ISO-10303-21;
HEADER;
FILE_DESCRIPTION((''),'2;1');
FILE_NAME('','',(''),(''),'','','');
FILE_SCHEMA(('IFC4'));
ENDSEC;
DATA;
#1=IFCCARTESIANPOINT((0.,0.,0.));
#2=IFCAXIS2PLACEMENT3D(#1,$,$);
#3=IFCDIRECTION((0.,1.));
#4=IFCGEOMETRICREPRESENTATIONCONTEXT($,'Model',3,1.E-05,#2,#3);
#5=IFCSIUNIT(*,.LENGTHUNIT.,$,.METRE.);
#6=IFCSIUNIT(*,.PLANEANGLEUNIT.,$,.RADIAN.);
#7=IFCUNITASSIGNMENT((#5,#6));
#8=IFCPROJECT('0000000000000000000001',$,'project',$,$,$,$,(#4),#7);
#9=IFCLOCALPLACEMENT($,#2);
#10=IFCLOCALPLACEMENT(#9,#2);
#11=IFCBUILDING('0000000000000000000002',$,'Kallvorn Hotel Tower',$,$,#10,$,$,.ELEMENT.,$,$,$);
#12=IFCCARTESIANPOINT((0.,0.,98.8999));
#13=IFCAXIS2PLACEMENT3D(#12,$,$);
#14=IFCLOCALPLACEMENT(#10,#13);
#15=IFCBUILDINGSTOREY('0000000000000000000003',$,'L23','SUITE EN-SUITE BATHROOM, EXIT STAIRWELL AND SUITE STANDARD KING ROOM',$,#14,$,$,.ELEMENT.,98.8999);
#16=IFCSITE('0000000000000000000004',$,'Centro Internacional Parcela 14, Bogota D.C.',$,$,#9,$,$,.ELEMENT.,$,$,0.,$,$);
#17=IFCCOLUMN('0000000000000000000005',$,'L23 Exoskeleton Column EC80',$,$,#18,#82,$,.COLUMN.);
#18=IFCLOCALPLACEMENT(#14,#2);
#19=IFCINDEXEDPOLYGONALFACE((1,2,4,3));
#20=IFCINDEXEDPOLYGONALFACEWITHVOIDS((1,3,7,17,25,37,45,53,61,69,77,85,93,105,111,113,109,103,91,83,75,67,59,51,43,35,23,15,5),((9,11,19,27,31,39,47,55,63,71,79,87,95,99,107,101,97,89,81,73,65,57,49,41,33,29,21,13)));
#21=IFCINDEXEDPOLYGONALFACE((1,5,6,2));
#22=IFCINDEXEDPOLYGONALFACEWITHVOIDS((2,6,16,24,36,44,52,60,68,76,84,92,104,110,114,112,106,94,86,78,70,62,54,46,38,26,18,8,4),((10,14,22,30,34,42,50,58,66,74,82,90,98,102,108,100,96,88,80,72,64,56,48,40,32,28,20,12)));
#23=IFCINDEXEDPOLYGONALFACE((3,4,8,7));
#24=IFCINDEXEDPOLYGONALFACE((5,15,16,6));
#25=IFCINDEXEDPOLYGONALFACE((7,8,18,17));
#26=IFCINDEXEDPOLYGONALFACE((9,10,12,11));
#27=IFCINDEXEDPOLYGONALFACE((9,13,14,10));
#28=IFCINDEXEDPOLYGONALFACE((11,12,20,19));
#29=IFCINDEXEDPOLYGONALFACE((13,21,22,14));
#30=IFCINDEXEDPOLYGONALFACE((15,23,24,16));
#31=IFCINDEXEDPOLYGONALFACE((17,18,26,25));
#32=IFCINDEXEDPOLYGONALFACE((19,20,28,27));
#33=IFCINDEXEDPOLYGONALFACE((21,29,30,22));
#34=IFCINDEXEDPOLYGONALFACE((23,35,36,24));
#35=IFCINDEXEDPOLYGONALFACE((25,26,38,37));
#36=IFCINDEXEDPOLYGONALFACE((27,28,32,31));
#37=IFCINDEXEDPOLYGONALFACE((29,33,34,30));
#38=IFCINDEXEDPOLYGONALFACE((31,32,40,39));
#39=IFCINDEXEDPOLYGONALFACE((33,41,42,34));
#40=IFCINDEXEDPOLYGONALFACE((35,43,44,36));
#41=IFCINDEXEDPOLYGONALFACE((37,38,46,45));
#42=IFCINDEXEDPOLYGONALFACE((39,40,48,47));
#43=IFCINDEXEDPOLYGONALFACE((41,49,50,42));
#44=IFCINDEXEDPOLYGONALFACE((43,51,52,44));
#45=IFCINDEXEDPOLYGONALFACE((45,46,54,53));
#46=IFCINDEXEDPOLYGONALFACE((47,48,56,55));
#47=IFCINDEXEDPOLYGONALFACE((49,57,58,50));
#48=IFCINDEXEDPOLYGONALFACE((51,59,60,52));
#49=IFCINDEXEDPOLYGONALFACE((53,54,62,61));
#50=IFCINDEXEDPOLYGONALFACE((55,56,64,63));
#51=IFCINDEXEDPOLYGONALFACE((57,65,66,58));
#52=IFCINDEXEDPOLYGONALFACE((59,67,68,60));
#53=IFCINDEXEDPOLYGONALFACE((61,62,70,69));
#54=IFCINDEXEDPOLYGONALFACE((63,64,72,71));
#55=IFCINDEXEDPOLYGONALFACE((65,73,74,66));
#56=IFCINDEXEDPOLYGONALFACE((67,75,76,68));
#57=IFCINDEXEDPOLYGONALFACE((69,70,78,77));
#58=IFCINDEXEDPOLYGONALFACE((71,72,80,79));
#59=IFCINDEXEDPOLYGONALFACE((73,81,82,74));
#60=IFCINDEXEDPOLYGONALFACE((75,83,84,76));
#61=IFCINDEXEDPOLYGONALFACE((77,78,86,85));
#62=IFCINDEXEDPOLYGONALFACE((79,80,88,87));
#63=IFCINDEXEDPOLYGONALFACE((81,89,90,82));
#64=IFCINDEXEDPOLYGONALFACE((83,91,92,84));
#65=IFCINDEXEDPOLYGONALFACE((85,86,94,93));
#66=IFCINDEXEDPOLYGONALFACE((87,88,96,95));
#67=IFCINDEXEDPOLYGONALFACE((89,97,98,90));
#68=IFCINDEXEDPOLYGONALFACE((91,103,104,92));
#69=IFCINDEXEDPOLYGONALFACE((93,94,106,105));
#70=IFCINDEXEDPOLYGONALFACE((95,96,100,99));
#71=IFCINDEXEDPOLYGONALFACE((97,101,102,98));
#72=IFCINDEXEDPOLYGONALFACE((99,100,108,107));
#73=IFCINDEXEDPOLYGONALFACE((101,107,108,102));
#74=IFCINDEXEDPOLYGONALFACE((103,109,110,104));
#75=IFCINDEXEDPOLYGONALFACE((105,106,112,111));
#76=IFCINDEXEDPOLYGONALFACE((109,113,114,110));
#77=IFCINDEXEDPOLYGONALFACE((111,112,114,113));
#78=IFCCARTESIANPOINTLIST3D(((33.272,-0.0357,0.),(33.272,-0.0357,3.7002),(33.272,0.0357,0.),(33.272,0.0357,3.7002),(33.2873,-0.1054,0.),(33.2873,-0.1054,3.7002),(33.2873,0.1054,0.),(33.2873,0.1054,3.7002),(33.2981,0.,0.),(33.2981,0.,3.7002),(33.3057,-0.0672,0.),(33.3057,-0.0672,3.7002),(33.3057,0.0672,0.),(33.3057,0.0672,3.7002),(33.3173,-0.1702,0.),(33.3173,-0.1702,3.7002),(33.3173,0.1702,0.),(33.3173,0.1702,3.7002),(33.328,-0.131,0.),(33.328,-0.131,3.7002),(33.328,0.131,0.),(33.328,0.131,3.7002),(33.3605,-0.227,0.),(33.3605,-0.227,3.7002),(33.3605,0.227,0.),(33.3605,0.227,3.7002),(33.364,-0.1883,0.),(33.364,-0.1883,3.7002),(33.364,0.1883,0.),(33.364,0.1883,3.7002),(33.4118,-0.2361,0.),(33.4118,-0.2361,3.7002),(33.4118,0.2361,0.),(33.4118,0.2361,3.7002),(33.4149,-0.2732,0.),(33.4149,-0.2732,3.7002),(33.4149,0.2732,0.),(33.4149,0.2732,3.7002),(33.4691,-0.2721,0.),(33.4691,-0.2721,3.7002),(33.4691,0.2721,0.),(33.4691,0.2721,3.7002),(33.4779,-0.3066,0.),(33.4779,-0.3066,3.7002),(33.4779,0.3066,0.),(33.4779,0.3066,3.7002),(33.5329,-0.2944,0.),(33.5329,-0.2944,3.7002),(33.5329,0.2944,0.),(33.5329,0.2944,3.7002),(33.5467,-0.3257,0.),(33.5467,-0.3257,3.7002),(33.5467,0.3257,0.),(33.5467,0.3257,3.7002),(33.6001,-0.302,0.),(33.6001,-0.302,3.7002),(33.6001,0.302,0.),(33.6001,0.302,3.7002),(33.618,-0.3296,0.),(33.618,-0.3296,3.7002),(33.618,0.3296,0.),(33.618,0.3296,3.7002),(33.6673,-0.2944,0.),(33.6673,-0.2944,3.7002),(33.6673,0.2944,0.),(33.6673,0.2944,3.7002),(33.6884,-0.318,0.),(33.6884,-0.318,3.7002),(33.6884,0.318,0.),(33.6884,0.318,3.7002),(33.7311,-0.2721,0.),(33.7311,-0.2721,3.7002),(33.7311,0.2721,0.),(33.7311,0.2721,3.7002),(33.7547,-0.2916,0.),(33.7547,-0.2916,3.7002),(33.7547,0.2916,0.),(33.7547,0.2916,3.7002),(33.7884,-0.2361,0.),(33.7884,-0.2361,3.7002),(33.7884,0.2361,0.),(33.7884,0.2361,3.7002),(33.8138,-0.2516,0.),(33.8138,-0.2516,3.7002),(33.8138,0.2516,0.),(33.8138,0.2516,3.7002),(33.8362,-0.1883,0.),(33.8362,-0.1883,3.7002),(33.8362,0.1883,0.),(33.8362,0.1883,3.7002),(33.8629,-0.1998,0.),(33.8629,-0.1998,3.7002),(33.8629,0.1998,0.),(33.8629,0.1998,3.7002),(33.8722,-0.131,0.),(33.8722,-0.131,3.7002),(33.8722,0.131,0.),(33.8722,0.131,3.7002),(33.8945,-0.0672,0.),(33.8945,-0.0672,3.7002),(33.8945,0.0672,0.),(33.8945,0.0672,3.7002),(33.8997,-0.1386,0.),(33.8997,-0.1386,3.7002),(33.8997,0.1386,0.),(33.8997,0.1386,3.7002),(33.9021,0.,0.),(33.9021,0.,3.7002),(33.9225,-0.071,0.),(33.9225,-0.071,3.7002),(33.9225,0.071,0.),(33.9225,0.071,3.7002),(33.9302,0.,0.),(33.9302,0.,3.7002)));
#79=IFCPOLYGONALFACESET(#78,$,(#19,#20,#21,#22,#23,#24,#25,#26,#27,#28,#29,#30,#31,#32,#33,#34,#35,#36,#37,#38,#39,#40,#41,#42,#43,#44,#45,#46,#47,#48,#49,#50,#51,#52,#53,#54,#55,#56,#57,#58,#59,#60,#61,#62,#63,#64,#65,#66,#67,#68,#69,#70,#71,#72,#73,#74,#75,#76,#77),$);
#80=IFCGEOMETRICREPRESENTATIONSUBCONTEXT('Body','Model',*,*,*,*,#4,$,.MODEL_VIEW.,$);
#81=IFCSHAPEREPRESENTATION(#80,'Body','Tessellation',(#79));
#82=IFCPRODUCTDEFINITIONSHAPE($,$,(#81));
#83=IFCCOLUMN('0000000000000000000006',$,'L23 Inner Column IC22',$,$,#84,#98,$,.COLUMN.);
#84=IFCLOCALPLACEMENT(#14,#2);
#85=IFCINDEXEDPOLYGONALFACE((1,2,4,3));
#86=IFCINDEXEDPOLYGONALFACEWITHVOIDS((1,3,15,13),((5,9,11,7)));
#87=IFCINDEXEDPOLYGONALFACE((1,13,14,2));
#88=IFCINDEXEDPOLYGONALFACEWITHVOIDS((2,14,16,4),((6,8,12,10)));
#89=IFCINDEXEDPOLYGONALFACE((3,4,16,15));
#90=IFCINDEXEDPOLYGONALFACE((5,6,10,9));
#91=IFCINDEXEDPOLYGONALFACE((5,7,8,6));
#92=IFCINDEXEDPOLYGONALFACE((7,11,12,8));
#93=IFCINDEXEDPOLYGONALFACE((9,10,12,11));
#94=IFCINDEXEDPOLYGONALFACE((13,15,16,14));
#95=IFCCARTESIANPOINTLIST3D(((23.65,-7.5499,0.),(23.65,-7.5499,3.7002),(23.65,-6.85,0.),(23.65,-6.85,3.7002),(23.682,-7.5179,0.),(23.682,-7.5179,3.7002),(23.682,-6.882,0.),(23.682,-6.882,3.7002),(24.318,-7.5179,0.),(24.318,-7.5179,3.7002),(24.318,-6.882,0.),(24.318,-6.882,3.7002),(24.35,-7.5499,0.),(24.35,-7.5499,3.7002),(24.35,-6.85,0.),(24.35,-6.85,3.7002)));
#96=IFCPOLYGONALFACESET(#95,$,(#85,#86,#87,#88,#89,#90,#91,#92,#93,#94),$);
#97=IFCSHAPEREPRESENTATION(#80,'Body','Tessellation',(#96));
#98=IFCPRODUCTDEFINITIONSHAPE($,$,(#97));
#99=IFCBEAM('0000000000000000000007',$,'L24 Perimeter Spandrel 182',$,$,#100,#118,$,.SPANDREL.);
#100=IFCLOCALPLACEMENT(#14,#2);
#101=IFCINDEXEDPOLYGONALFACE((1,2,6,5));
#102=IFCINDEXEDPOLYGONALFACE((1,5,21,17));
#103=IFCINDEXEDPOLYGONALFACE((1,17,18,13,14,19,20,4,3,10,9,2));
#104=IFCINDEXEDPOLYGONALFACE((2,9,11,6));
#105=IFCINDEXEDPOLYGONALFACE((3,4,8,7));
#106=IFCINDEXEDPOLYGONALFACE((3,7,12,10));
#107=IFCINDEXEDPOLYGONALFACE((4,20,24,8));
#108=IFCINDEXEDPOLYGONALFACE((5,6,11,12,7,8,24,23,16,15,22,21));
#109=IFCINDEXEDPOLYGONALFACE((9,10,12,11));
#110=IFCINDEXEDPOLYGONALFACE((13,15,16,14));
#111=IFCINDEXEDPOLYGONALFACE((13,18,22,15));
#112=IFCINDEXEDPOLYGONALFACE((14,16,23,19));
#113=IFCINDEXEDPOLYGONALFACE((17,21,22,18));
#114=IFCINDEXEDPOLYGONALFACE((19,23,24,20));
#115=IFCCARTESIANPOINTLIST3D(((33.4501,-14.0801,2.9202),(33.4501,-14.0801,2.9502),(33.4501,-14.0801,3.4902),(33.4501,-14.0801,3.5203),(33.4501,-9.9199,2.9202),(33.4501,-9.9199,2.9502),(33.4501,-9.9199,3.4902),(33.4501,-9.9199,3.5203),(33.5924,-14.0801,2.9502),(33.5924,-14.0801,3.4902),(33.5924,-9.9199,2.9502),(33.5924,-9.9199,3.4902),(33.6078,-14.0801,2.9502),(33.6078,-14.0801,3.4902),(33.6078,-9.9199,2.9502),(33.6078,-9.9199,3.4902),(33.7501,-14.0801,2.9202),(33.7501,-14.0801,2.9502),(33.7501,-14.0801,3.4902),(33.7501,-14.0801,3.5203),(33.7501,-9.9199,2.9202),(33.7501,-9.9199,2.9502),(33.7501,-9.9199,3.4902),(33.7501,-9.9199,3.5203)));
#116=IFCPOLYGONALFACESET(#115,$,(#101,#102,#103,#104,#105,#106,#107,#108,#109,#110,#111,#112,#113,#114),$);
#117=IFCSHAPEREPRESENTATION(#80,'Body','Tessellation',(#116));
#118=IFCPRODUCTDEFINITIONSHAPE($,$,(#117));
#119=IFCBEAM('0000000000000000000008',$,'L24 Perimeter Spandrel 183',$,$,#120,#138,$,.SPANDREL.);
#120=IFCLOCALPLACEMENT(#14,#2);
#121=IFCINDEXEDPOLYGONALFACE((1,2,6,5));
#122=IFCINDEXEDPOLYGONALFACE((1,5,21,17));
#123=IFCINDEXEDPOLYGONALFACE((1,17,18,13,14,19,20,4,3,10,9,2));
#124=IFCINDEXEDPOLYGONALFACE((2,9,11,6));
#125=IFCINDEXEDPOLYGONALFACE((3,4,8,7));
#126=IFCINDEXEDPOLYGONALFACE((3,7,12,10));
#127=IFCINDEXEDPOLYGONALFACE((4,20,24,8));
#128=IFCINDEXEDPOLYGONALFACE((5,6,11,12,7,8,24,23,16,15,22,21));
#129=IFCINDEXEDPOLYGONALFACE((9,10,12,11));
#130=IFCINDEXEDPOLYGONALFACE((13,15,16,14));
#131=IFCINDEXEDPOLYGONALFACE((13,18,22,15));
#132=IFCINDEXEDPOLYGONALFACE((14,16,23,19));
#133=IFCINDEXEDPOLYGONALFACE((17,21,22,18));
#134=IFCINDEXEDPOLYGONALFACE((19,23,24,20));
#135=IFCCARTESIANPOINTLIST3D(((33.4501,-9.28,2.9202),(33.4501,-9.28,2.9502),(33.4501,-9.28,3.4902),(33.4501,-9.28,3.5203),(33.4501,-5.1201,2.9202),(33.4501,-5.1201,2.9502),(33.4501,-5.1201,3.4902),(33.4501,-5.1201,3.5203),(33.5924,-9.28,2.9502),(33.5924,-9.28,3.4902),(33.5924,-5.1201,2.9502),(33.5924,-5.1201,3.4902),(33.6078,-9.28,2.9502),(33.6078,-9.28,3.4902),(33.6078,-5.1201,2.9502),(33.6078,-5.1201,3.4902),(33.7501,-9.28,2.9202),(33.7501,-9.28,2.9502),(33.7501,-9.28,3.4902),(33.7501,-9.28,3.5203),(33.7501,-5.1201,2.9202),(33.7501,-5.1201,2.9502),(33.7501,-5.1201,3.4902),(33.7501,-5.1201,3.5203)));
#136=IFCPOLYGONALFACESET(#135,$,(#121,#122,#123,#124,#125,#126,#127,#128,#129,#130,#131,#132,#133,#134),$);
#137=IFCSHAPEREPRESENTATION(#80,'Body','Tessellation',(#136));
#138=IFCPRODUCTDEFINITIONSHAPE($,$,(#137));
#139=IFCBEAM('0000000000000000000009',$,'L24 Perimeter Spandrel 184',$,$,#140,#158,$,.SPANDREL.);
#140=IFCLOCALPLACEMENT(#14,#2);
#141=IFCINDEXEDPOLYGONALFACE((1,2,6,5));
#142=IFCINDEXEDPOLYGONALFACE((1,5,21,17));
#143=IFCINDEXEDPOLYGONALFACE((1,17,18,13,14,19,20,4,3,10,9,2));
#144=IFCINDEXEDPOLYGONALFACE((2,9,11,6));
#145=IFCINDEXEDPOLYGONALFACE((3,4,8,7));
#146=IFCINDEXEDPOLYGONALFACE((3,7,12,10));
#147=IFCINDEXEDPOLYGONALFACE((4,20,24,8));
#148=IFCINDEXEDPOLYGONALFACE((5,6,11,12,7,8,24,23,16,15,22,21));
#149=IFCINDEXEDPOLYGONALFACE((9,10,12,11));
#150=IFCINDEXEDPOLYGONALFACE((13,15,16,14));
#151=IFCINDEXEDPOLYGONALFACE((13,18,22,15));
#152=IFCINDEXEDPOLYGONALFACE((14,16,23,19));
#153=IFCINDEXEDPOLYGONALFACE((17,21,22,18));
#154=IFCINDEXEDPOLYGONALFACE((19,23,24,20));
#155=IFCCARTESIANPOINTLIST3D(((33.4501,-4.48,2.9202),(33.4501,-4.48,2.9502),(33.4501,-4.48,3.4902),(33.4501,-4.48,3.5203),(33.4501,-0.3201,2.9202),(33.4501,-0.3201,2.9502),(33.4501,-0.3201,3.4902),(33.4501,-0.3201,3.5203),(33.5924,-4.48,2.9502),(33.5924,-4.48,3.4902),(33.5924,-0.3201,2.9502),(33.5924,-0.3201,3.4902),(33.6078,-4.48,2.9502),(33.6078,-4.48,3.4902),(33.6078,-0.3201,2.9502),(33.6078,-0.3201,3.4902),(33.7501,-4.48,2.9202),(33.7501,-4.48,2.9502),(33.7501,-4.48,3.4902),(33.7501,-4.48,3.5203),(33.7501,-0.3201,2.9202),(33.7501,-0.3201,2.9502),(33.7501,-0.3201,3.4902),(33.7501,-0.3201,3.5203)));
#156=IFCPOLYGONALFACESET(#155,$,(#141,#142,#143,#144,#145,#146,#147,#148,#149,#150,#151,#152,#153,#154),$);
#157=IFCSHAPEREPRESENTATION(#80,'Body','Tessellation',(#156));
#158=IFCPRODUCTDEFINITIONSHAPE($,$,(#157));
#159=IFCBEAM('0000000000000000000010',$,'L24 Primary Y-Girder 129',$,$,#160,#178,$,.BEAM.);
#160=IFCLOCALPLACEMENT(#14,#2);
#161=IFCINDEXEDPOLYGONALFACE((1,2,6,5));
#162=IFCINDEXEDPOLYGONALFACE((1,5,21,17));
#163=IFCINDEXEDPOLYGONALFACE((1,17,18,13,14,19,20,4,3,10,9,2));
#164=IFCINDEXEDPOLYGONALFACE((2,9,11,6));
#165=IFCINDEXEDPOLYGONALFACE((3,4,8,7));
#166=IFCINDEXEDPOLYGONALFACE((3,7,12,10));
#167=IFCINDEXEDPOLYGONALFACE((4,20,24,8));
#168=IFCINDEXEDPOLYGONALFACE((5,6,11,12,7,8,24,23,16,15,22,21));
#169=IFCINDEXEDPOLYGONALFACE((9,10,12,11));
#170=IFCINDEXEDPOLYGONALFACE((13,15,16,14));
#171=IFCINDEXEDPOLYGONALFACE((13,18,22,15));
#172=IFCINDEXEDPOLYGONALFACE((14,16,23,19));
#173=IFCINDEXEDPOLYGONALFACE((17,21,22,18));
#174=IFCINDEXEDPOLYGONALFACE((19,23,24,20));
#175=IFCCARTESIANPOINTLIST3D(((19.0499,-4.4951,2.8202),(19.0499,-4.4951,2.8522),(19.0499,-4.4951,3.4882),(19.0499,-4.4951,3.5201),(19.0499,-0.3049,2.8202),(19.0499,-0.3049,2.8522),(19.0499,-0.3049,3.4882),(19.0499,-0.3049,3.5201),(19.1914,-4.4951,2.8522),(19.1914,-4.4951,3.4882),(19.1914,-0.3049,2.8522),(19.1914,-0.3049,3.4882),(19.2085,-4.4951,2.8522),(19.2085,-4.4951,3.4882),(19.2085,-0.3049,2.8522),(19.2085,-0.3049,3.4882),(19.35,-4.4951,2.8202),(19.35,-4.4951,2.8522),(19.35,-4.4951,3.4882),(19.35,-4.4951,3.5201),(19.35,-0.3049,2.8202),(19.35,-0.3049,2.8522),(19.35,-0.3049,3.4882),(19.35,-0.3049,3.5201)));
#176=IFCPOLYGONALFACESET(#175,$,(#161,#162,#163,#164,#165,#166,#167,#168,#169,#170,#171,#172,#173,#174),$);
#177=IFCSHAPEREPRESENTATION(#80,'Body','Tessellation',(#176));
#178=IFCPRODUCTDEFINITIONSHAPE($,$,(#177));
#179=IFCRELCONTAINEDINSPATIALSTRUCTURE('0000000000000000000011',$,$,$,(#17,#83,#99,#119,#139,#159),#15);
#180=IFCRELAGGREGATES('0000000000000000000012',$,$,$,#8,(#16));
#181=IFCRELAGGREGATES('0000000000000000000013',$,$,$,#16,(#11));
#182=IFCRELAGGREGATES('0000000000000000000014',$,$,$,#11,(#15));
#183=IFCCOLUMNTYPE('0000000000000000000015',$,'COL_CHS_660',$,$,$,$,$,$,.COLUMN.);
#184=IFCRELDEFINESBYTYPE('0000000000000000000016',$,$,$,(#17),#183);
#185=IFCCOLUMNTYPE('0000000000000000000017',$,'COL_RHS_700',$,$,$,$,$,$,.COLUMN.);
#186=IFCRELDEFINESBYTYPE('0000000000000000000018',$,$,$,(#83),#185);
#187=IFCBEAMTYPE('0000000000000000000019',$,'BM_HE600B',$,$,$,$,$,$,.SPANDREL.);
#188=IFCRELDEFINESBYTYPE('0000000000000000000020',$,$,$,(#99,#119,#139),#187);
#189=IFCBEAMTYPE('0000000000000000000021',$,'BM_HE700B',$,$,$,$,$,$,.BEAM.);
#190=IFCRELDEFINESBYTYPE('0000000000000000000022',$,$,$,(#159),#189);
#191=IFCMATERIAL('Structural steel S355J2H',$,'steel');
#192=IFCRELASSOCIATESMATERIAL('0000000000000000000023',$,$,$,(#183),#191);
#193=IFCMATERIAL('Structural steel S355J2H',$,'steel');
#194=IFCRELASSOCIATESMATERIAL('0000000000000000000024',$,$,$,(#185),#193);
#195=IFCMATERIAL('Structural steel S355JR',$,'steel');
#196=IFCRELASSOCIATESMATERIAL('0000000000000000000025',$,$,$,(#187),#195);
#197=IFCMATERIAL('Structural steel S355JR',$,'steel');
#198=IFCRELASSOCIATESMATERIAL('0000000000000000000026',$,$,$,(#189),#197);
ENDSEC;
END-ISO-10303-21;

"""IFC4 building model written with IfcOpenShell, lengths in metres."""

from ifc_helpers import new_model, si_unit, direction, frame, origin, origin_2d, place, context, subcontext, project, spatial, hollow_rectangle, hollow_circle, i_section, extrude, material, material_profile, profile_set, type_object, element, save


model = new_model("IFC4")

# Units and contexts
model_context = context("Model", 3, precision=1e-05, world=origin(), true_north=direction((0.0, 1.0)))
body_context = subcontext(model_context, "Body", "Model", "MODEL_VIEW")
ifc_project = project(units=[si_unit("LENGTHUNIT", "METRE"), si_unit("PLANEANGLEUNIT", "RADIAN")], contexts=[model_context])

# Site, building, storey
site_placement = place(None, origin())
site = spatial("IfcSite", under=ifc_project, at=site_placement, Name="Centro Internacional Parcela 14, Bogota D.C.", CompositionType="ELEMENT", RefElevation=0.0)
building_placement = place(site_placement, origin())
building = spatial("IfcBuilding", under=site, at=building_placement, Name="Kallvorn Hotel Tower", CompositionType="ELEMENT")
storey_placement = place(building_placement, frame((0.0, 0.0, 98.8999)))
storey = spatial("IfcBuildingStorey", under=building, at=storey_placement, Name="L23", Description="SUITE EN-SUITE BATHROOM, EXIT STAIRWELL AND SUITE STANDARD KING ROOM", CompositionType="ELEMENT", Elevation=98.8999)

# Columns
ifc_material_1 = material(Name="Structural steel S355J2H", Category="steel")
ifc_material_profile_1 = material_profile(ifc_material_1, hollow_circle(Radius=0.3301, WallThickness=0.0281, at=origin_2d()), Name="CHS 660x28")
ifc_profile_set_1 = profile_set([ifc_material_profile_1], Name="Structural steel S355J2H")
column_type_1 = type_object("IfcColumnType", Name="COL_CHS_660", PredefinedType="COLUMN", material=ifc_profile_set_1)
for number, where, z_axis, x_axis, name in (
    (1, (33.6001, 0.0, 0.0), (0.0, 0.0, 1.0), (1.0, 0.0, 0.0), "L23 Exoskeleton Column EC80"),
):
    element("IfcColumn", number, at=place(storey_placement, frame(where, z_axis=z_axis, x_axis=x_axis)), inside=storey, type_object=column_type_1, Name=name, PredefinedType="COLUMN", context=body_context, shape_type="SweptSolid", body=[
        extrude(hollow_circle(Radius=0.3301, WallThickness=0.0281, at=origin_2d()), origin(), (0.0, 0.0, 1.0), 3.7002),
    ])
ifc_material_2 = material(Name="Structural steel S355J2H", Category="steel")
ifc_material_profile_2 = material_profile(ifc_material_2, hollow_rectangle(XDim=0.7, YDim=0.7, WallThickness=0.032, at=origin_2d()), Name="RHS 700x700x32")
ifc_profile_set_2 = profile_set([ifc_material_profile_2], Name="Structural steel S355J2H")
column_type_2 = type_object("IfcColumnType", Name="COL_RHS_700", PredefinedType="COLUMN", material=ifc_profile_set_2)
column_placement = place(storey_placement, frame((24.0, -7.2, 0.0), z_axis=(0.0, 0.0, 1.0), x_axis=(1.0, 0.0, 0.0)))
element("IfcColumn", 2, at=column_placement, inside=storey, type_object=column_type_2, Name="L23 Inner Column IC22", PredefinedType="COLUMN", context=body_context, shape_type="SweptSolid", body=[
    extrude(hollow_rectangle(XDim=0.7, YDim=0.7, WallThickness=0.032, at=origin_2d()), origin(), (0.0, 0.0, 1.0), 3.7002),
])

# Beams
ifc_material_3 = material(Name="Structural steel S355JR", Category="steel")
ifc_material_profile_3 = material_profile(ifc_material_3, i_section(OverallWidth=0.3, OverallDepth=0.6001, WebThickness=0.0154, FlangeThickness=0.03, at=origin_2d()), Name="HE 600 B")
ifc_profile_set_3 = profile_set([ifc_material_profile_3], Name="Structural steel S355JR")
beam_type_1 = type_object("IfcBeamType", Name="BM_HE600B", PredefinedType="SPANDREL", material=ifc_profile_set_3)
beam_1_placement = place(storey_placement, frame((33.6001, -14.0801, 3.2202), z_axis=(0.0, 1.0, 0.0), x_axis=(-1.0, 0.0, 0.0)))
element("IfcBeam", 3, at=beam_1_placement, inside=storey, type_object=beam_type_1, Name="L24 Perimeter Spandrel 182", PredefinedType="SPANDREL", context=body_context, shape_type="SweptSolid", body=[
    extrude(i_section(OverallWidth=0.3, OverallDepth=0.6001, WebThickness=0.0154, FlangeThickness=0.03, at=origin_2d()), origin(), (0.0, 0.0, 1.0), 4.1602),
])
for number, where, z_axis, x_axis, name in (
    (4, (33.6001, -9.28, 3.2202), (0.0, 1.0, 0.0), (-1.0, 0.0, 0.0), "L24 Perimeter Spandrel 183"),
    (5, (33.6001, -4.48, 3.2202), (0.0, 1.0, 0.0), (-1.0, 0.0, 0.0), "L24 Perimeter Spandrel 184"),
):
    element("IfcBeam", number, at=place(storey_placement, frame(where, z_axis=z_axis, x_axis=x_axis)), inside=storey, type_object=beam_type_1, Name=name, PredefinedType="SPANDREL", context=body_context, shape_type="SweptSolid", body=[
        extrude(i_section(OverallWidth=0.3, OverallDepth=0.6001, WebThickness=0.0154, FlangeThickness=0.03, at=origin_2d()), origin(), (0.0, 0.0, 1.0), 4.1599),
    ])
ifc_material_4 = material(Name="Structural steel S355JR", Category="steel")
ifc_material_profile_4 = material_profile(ifc_material_4, i_section(OverallWidth=0.3, OverallDepth=0.7, WebThickness=0.0171, FlangeThickness=0.032, at=origin_2d()), Name="HE 700 B")
ifc_profile_set_4 = profile_set([ifc_material_profile_4], Name="Structural steel S355JR")
beam_type_2 = type_object("IfcBeamType", Name="BM_HE700B", PredefinedType="BEAM", material=ifc_profile_set_4)
beam_2_placement = place(storey_placement, frame((19.2, -4.4951, 3.1702), z_axis=(0.0, 1.0, 0.0), x_axis=(-1.0, 0.0, 0.0)))
element("IfcBeam", 6, at=beam_2_placement, inside=storey, type_object=beam_type_2, Name="L24 Primary Y-Girder 129", PredefinedType="BEAM", context=body_context, shape_type="SweptSolid", body=[
    extrude(i_section(OverallWidth=0.3, OverallDepth=0.7, WebThickness=0.0171, FlangeThickness=0.032, at=origin_2d()), origin(), (0.0, 0.0, 1.0), 4.1902),
])

save(model, "model.ifc")
